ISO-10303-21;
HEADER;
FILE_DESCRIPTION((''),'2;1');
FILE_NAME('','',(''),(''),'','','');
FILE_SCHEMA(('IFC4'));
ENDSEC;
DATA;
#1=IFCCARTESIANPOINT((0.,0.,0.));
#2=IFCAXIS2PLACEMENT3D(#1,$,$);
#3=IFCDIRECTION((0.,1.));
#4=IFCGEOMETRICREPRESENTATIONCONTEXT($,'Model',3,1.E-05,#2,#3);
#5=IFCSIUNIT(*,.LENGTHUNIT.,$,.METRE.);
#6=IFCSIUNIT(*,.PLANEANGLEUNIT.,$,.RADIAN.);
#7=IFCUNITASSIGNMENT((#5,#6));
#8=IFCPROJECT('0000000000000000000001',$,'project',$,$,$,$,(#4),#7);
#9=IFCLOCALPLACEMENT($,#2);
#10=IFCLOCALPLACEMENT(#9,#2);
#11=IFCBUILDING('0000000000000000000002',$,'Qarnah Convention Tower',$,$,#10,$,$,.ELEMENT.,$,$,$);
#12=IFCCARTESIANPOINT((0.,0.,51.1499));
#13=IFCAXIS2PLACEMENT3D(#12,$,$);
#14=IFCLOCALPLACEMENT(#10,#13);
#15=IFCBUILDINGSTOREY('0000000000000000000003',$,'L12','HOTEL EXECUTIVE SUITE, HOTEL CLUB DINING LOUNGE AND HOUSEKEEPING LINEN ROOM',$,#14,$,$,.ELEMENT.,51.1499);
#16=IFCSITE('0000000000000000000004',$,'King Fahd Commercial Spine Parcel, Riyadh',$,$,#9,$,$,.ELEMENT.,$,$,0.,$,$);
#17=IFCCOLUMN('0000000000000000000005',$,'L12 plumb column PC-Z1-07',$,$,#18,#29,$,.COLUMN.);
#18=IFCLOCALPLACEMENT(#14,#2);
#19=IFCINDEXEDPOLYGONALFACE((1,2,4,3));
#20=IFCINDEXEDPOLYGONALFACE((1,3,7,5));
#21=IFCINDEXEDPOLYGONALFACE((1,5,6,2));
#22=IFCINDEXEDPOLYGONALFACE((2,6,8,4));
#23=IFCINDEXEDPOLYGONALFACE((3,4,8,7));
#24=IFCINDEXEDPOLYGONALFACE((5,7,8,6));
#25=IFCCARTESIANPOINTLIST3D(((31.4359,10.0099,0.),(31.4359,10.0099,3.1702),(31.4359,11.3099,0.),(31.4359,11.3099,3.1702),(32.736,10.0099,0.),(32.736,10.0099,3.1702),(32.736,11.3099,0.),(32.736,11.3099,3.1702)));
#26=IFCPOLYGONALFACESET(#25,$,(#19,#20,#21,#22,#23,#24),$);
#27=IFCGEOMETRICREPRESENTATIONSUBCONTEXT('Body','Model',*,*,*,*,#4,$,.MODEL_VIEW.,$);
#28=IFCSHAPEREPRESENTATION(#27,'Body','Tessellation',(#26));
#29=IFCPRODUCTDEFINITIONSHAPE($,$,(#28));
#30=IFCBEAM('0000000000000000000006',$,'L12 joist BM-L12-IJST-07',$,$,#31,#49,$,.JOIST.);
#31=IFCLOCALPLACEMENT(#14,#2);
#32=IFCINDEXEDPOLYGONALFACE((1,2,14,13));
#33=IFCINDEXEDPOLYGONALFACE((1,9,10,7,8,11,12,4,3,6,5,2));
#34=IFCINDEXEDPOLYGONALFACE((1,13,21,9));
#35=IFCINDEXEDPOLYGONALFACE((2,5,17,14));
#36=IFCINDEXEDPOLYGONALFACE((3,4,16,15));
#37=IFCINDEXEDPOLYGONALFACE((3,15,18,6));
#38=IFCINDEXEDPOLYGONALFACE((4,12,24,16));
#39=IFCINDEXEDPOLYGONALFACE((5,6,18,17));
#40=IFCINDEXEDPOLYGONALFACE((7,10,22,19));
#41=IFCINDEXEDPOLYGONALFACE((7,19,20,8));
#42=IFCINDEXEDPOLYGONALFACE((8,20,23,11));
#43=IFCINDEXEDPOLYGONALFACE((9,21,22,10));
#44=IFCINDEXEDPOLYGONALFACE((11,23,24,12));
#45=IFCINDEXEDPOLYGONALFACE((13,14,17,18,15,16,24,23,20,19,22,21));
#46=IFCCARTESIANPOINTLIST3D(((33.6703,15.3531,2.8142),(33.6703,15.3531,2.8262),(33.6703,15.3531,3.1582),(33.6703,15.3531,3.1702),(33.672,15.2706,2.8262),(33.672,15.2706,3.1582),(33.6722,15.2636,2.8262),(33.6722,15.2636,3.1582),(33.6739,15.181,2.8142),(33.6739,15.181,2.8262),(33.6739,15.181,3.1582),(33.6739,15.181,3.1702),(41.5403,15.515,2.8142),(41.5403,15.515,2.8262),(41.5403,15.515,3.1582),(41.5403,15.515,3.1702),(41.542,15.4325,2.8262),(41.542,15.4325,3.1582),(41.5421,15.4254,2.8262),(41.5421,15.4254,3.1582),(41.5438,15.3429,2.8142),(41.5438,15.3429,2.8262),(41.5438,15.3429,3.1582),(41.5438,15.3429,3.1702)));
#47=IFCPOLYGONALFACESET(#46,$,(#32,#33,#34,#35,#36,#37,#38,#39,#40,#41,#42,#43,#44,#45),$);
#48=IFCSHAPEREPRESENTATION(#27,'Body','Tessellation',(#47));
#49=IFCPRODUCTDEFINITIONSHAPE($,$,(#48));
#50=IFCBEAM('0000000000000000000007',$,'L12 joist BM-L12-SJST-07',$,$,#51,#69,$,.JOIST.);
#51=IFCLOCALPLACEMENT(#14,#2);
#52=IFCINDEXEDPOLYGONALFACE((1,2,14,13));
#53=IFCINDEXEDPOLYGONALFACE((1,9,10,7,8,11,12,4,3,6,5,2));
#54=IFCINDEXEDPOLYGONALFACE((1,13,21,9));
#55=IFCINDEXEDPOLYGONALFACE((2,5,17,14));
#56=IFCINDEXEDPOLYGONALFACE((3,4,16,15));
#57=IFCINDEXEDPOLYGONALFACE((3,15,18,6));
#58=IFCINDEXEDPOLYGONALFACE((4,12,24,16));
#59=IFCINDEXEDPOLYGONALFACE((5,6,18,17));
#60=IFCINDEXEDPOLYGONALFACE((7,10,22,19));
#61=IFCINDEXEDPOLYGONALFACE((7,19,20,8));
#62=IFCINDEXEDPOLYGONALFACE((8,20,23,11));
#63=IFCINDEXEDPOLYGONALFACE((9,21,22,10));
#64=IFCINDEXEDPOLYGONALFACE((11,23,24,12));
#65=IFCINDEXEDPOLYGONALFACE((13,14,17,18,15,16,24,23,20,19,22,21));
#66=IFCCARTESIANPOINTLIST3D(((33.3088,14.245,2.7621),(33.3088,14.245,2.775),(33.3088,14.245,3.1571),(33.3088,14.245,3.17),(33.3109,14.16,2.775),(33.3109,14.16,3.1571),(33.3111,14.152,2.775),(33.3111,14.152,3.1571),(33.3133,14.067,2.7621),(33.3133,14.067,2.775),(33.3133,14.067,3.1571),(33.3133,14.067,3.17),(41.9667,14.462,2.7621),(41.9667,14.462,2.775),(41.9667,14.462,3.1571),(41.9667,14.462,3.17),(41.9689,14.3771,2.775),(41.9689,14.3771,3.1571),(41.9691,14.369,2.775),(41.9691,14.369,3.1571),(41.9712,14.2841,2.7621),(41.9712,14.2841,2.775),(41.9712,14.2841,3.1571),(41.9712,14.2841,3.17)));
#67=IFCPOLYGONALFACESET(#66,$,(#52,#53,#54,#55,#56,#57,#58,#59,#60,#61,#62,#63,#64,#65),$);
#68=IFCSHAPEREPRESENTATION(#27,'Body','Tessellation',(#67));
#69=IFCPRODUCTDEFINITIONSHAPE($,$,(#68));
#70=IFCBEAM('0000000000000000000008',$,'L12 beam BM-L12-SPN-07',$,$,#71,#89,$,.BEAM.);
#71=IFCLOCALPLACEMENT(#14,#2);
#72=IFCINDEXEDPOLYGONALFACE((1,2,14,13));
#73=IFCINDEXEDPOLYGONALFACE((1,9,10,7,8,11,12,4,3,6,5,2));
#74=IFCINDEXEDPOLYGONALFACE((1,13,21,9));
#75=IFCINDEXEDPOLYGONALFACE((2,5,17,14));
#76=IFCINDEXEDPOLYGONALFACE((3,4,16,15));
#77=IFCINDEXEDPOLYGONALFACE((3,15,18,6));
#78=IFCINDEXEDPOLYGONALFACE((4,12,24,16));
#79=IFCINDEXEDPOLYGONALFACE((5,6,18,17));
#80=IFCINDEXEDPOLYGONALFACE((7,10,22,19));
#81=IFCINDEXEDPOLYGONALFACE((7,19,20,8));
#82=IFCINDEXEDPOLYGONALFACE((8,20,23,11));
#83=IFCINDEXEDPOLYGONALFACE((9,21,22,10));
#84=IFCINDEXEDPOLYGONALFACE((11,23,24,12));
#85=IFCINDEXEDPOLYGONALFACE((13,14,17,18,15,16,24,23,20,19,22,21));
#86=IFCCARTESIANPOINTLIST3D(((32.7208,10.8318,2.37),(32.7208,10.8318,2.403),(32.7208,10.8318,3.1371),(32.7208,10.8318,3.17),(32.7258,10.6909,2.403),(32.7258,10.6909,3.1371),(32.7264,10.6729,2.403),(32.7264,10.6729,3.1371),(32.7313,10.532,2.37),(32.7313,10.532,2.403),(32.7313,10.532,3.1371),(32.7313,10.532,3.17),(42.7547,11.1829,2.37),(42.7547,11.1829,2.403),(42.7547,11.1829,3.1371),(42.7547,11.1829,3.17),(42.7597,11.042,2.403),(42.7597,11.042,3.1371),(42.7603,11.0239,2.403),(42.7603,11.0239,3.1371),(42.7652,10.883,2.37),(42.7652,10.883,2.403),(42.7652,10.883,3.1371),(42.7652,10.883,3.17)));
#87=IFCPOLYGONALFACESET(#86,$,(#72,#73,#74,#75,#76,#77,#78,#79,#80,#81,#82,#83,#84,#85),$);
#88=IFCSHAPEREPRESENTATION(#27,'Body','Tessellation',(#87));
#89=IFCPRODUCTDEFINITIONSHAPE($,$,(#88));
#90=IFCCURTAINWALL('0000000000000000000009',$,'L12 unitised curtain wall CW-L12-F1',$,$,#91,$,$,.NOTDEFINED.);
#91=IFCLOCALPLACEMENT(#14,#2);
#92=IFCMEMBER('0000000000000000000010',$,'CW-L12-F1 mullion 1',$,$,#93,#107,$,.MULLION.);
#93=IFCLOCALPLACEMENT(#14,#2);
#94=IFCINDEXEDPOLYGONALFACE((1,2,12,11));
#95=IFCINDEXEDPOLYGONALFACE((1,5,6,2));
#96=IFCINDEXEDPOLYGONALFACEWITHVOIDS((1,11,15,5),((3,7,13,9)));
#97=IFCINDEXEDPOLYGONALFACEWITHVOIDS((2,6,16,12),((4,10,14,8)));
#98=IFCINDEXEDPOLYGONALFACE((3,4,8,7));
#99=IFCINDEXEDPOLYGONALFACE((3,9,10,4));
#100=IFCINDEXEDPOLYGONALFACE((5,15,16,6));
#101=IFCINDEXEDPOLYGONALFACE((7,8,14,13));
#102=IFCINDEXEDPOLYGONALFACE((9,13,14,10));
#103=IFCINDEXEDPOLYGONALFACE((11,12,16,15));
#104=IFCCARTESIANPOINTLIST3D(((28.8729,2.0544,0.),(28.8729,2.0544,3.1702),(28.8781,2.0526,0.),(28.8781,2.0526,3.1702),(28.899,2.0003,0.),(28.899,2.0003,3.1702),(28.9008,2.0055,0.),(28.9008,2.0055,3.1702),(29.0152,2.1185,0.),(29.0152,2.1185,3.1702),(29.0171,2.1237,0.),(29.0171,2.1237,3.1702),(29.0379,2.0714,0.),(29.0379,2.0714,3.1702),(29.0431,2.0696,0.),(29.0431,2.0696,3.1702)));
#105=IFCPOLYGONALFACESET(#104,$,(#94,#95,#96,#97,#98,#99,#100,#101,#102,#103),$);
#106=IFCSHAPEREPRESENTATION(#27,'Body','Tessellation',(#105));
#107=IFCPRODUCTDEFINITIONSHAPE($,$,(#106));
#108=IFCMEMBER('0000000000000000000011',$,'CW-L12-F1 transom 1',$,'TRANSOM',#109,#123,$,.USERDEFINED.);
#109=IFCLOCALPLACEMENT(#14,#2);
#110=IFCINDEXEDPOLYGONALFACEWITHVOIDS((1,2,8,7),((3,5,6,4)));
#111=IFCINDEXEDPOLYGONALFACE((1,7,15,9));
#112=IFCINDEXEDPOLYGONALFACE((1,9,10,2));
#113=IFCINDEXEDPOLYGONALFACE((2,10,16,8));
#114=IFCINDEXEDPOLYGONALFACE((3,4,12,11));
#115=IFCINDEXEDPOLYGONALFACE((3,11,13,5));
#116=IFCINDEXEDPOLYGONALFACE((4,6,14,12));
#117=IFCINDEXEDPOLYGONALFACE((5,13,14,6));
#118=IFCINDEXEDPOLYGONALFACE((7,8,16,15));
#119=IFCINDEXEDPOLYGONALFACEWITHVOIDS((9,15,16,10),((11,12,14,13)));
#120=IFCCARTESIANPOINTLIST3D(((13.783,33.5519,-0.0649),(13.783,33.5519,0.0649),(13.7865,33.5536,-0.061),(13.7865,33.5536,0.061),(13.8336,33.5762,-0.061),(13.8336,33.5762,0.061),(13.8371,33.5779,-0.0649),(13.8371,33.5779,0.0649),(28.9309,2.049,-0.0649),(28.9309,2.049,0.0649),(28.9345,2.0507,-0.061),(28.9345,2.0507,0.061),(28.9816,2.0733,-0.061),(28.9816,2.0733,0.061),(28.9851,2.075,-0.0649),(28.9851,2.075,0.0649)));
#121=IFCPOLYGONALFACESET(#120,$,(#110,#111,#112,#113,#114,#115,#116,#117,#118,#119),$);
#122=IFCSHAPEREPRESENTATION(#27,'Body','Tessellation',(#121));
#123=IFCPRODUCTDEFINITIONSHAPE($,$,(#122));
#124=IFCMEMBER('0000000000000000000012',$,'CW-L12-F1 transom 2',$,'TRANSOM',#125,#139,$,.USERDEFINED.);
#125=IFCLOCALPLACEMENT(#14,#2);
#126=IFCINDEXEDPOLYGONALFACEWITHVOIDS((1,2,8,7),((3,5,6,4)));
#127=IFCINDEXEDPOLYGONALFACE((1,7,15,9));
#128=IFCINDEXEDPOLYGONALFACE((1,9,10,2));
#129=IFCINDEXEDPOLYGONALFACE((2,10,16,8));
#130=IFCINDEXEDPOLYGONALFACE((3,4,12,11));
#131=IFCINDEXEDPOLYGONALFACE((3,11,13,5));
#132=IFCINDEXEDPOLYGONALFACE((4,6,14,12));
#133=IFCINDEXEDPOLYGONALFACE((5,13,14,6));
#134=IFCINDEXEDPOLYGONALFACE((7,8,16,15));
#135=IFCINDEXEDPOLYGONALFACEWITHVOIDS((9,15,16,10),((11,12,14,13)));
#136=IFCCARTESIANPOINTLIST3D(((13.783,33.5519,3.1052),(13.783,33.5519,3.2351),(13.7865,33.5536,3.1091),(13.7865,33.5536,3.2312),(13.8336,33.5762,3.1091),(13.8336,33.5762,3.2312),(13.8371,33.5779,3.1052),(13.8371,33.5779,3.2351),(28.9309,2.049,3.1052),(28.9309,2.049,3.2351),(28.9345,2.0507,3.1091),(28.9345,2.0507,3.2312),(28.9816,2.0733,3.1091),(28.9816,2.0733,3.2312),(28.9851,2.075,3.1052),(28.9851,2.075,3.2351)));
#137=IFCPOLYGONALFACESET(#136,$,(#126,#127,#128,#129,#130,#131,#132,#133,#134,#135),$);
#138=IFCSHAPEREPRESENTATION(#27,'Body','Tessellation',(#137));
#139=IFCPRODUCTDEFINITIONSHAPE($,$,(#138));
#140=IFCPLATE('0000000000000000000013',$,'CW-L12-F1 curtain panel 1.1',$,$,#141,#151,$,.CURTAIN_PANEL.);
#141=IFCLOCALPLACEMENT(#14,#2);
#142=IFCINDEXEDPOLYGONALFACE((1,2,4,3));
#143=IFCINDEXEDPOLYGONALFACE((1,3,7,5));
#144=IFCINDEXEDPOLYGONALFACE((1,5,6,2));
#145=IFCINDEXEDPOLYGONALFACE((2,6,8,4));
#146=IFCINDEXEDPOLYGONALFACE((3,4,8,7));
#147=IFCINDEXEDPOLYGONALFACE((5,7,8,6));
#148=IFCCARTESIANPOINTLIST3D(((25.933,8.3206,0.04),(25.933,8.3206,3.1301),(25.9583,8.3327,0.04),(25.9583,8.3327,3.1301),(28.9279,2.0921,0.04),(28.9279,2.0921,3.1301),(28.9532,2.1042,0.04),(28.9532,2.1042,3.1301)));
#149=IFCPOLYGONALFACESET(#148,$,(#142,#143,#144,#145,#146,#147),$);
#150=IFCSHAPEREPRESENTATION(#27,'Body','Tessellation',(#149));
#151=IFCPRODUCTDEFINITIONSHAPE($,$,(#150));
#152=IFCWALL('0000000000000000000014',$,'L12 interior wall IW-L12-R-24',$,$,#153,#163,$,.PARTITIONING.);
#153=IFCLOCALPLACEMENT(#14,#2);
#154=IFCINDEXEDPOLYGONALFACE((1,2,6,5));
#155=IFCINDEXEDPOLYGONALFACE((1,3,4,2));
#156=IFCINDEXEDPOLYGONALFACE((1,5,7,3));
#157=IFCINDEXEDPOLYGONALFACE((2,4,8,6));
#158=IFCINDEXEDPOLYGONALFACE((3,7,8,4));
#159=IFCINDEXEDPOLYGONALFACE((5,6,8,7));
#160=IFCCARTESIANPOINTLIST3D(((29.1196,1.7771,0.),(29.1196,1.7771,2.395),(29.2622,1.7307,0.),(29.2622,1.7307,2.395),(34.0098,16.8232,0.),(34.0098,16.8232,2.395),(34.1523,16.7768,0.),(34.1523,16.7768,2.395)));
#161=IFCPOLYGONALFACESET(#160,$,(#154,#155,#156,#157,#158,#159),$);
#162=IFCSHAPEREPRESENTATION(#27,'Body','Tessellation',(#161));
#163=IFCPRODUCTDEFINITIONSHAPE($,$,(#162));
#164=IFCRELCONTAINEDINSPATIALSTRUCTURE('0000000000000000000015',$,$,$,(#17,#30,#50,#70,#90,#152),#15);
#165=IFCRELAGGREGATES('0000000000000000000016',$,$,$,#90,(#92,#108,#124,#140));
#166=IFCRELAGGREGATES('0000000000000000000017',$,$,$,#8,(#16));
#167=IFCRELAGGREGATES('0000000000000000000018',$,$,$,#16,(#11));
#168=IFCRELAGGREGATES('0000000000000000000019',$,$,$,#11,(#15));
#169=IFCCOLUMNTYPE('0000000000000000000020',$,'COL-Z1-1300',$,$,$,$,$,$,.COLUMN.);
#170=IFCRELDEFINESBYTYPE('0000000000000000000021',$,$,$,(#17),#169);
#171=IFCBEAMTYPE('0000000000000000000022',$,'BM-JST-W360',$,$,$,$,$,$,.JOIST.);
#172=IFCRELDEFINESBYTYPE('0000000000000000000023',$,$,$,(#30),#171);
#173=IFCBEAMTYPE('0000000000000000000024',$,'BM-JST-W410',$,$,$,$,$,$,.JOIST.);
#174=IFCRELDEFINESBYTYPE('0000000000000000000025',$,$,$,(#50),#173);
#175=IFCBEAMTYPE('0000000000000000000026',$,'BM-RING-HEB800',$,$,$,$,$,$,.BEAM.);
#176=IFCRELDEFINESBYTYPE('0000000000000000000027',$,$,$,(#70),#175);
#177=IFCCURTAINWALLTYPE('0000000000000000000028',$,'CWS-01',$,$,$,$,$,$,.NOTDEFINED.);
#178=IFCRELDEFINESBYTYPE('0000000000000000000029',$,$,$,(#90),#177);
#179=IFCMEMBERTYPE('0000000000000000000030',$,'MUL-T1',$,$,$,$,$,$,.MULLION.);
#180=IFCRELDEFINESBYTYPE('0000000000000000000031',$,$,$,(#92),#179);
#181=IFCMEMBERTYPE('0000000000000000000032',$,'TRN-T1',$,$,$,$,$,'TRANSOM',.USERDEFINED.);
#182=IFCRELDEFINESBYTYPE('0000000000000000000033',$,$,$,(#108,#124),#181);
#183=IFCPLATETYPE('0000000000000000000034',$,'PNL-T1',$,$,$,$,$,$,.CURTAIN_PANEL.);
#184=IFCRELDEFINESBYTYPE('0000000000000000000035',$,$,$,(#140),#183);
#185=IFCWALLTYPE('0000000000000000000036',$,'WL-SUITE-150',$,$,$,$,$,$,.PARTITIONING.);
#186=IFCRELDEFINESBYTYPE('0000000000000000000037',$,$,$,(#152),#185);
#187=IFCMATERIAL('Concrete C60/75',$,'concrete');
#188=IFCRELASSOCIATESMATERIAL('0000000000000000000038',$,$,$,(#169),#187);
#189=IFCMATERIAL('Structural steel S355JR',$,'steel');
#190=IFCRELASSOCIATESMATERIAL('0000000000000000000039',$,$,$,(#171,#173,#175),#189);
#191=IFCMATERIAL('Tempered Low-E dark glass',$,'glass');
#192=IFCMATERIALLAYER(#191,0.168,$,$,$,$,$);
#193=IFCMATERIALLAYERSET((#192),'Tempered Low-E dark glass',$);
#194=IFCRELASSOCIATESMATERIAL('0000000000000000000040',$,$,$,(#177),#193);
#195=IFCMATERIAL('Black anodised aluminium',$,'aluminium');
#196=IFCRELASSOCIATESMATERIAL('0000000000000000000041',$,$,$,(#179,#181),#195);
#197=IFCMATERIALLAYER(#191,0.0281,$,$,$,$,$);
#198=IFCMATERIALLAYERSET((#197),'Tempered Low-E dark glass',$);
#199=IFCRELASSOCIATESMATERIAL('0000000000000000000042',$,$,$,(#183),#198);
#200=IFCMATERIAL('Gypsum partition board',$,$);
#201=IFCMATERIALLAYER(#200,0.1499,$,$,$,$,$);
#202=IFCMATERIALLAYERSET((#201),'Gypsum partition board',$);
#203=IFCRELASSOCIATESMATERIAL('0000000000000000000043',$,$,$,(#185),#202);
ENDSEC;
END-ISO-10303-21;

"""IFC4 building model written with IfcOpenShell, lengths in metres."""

from ifc_helpers import new_model, si_unit, direction, frame, frame_2d, origin, origin_2d, place, context, subcontext, project, spatial, rectangle, hollow_rectangle, i_section, extrude, material, layer, layer_set, material_profile, profile_set, type_object, element, aggregate, save


model = new_model("IFC4")

# Units and contexts
model_context = context("Model", 3, precision=1e-05, world=origin(), true_north=direction((0.0, 1.0)))
body_context = subcontext(model_context, "Body", "Model", "MODEL_VIEW")
ifc_project = project(units=[si_unit("LENGTHUNIT", "METRE"), si_unit("PLANEANGLEUNIT", "RADIAN")], contexts=[model_context])

# Site, building, storey
site_placement = place(None, origin())
site = spatial("IfcSite", under=ifc_project, at=site_placement, Name="King Fahd Commercial Spine Parcel, Riyadh", CompositionType="ELEMENT", RefElevation=0.0)
building_placement = place(site_placement, origin())
building = spatial("IfcBuilding", under=site, at=building_placement, Name="Qarnah Convention Tower", CompositionType="ELEMENT")
storey_placement = place(building_placement, frame((0.0, 0.0, 51.1499)))
storey = spatial("IfcBuildingStorey", under=building, at=storey_placement, Name="L12", Description="HOTEL EXECUTIVE SUITE, HOTEL CLUB DINING LOUNGE AND HOUSEKEEPING LINEN ROOM", CompositionType="ELEMENT", Elevation=51.1499)

# Column
ifc_material_1 = material(Name="Concrete C60/75", Category="concrete")
ifc_material_profile_1 = material_profile(ifc_material_1, rectangle(XDim=1.3, YDim=1.3, at=origin_2d()), Name="RC-COL-1300X1300")
ifc_profile_set_1 = profile_set([ifc_material_profile_1], Name="Concrete C60/75")
column_type = type_object("IfcColumnType", Name="COL-Z1-1300", PredefinedType="COLUMN", material=ifc_profile_set_1)
column_placement = place(storey_placement, frame((32.0859, 10.6599, 0.0), z_axis=(0.0, 0.0, 1.0), x_axis=(1.0, 0.0, 0.0)))
element("IfcColumn", 1, at=column_placement, inside=storey, type_object=column_type, Name="L12 plumb column PC-Z1-07", PredefinedType="COLUMN", context=body_context, shape_type="SweptSolid", body=[
    extrude(rectangle(XDim=1.3, YDim=1.3, at=origin_2d()), origin(), (0.0, 0.0, 1.0), 3.1702),
])

# Beams
ifc_material_2 = material(Name="Structural steel S355JR", Category="steel")
ifc_material_profile_2 = material_profile(ifc_material_2, i_section(OverallWidth=0.1721, OverallDepth=0.356, WebThickness=0.0071, FlangeThickness=0.012, at=origin_2d()), Name="W360X51")
ifc_profile_set_2 = profile_set([ifc_material_profile_2], Name="Structural steel S355JR")
beam_type_1 = type_object("IfcBeamType", Name="BM-JST-W360", PredefinedType="JOIST", material=ifc_profile_set_2)
beam_1_placement = place(storey_placement, frame((33.6721, 15.2671, 2.9922), z_axis=(0.999789, 0.020563, 0.0), x_axis=(-0.020563, 0.999789, 0.0)))
element("IfcBeam", 2, at=beam_1_placement, inside=storey, type_object=beam_type_1, Name="L12 joist BM-L12-IJST-07", PredefinedType="JOIST", context=body_context, shape_type="SweptSolid", body=[
    extrude(i_section(OverallWidth=0.1721, OverallDepth=0.356, WebThickness=0.0071, FlangeThickness=0.012, at=origin_2d()), origin(), (0.0, 0.0, 1.0), 7.8716),
])
ifc_material_profile_3 = material_profile(ifc_material_2, i_section(OverallWidth=0.178, OverallDepth=0.408, WebThickness=0.0081, FlangeThickness=0.0129, at=origin_2d()), Name="W410X60")
ifc_profile_set_3 = profile_set([ifc_material_profile_3], Name="Structural steel S355JR")
beam_type_2 = type_object("IfcBeamType", Name="BM-JST-W410", PredefinedType="JOIST", material=ifc_profile_set_3)
beam_2_placement = place(storey_placement, frame((33.311, 14.156, 2.9661), z_axis=(0.999686, 0.025061, 0.0), x_axis=(-0.025061, 0.999686, 0.0)))
element("IfcBeam", 3, at=beam_2_placement, inside=storey, type_object=beam_type_2, Name="L12 joist BM-L12-SJST-07", PredefinedType="JOIST", context=body_context, shape_type="SweptSolid", body=[
    extrude(i_section(OverallWidth=0.178, OverallDepth=0.408, WebThickness=0.0081, FlangeThickness=0.0129, at=origin_2d()), origin(), (0.0, 0.0, 1.0), 8.6606),
])
ifc_material_profile_4 = material_profile(ifc_material_2, i_section(OverallWidth=0.3, OverallDepth=0.8, WebThickness=0.0181, FlangeThickness=0.033, at=origin_2d()), Name="HEB800")
ifc_profile_set_4 = profile_set([ifc_material_profile_4], Name="Structural steel S355JR")
beam_type_3 = type_object("IfcBeamType", Name="BM-RING-HEB800", PredefinedType="BEAM", material=ifc_profile_set_4)
beam_3_placement = place(storey_placement, frame((32.7261, 10.6819, 2.77), z_axis=(0.999388, 0.034967, 0.0), x_axis=(-0.034967, 0.999388, 0.0)))
element("IfcBeam", 4, at=beam_3_placement, inside=storey, type_object=beam_type_3, Name="L12 beam BM-L12-SPN-07", PredefinedType="BEAM", context=body_context, shape_type="SweptSolid", body=[
    extrude(i_section(OverallWidth=0.3, OverallDepth=0.8, WebThickness=0.0181, FlangeThickness=0.033, at=origin_2d()), origin(), (0.0, 0.0, 1.0), 10.04),
])

# Curtain wall, members, plate
ifc_material_3 = material(Name="Tempered Low-E dark glass", Category="glass")
ifc_layer_1 = layer(ifc_material_3, 0.168)
ifc_layer_set_1 = layer_set([ifc_layer_1], Name="Tempered Low-E dark glass")
curtain_wall_type = type_object("IfcCurtainWallType", Name="CWS-01", PredefinedType="NOTDEFINED", material=ifc_layer_set_1)
curtain_wall_placement = place(storey_placement, origin())
curtain_wall = element("IfcCurtainWall", 5, at=curtain_wall_placement, inside=storey, type_object=curtain_wall_type, Name="L12 unitised curtain wall CW-L12-F1", PredefinedType="NOTDEFINED")
ifc_material_4 = material(Name="Black anodised aluminium", Category="aluminium")
ifc_material_profile_5 = material_profile(ifc_material_4, hollow_rectangle(XDim=0.0601, YDim=0.1599, WallThickness=0.0039, at=origin_2d()), Name="MUL-60X160")
ifc_profile_set_5 = profile_set([ifc_material_profile_5], Name="Black anodised aluminium")
member_type_1 = type_object("IfcMemberType", Name="MUL-T1", PredefinedType="MULLION", material=ifc_profile_set_5)
member_1_placement = place(storey_placement, frame((28.958, 2.062, 0.0), z_axis=(0.0, 0.0, 1.0), x_axis=(-0.433349, 0.901226, 0.0)))
member_1 = element("IfcMember", 6, at=member_1_placement, type_object=member_type_1, Name="CW-L12-F1 mullion 1", PredefinedType="MULLION", context=body_context, shape_type="SweptSolid", body=[
    extrude(hollow_rectangle(XDim=0.0601, YDim=0.1599, WallThickness=0.0039, at=origin_2d()), origin(), (0.0, 0.0, 1.0), 3.1702),
])
ifc_material_profile_6 = material_profile(ifc_material_4, hollow_rectangle(XDim=0.0601, YDim=0.1299, WallThickness=0.0039, at=origin_2d()), Name="TRN-60X130")
ifc_profile_set_6 = profile_set([ifc_material_profile_6], Name="Black anodised aluminium")
member_type_2 = type_object("IfcMemberType", Name="TRN-T1", ElementType="TRANSOM", PredefinedType="USERDEFINED", material=ifc_profile_set_6)
member_2_placement = place(storey_placement, frame((28.958, 2.062, 0.0), z_axis=(-0.433348, 0.901227, 0.0), x_axis=(-0.901227, -0.433348, 0.0)))
member_2 = element("IfcMember", 7, at=member_2_placement, type_object=member_type_2, Name="CW-L12-F1 transom 1", ObjectType="TRANSOM", PredefinedType="USERDEFINED", context=body_context, shape_type="SweptSolid", body=[
    extrude(hollow_rectangle(XDim=0.0601, YDim=0.1299, WallThickness=0.0039, at=origin_2d()), origin(), (0.0, 0.0, 1.0), 34.9556),
])
member_3_placement = place(storey_placement, frame((28.958, 2.062, 3.1702), z_axis=(-0.433348, 0.901227, 0.0), x_axis=(-0.901227, -0.433348, 0.0)))
member_3 = element("IfcMember", 8, at=member_3_placement, type_object=member_type_2, Name="CW-L12-F1 transom 2", ObjectType="TRANSOM", PredefinedType="USERDEFINED", context=body_context, shape_type="SweptSolid", body=[
    extrude(hollow_rectangle(XDim=0.0601, YDim=0.1299, WallThickness=0.0039, at=origin_2d()), origin(), (0.0, 0.0, 1.0), 34.9556),
])
ifc_layer_2 = layer(ifc_material_3, 0.0281)
ifc_layer_set_2 = layer_set([ifc_layer_2], Name="Tempered Low-E dark glass")
plate_type = type_object("IfcPlateType", Name="PNL-T1", PredefinedType="CURTAIN_PANEL", material=ifc_layer_set_2)
plate_placement = place(storey_placement, frame((27.4431, 5.2124, 0.04), z_axis=(0.0, 0.0, 1.0), x_axis=(-0.433349, 0.901226, 0.0)))
plate = element("IfcPlate", 9, at=plate_placement, type_object=plate_type, Name="CW-L12-F1 curtain panel 1.1", PredefinedType="CURTAIN_PANEL", context=body_context, shape_type="SweptSolid", body=[
    extrude(rectangle(XDim=6.9111, YDim=0.0281, at=origin_2d()), origin(), (0.0, 0.0, 1.0), 3.0901),
])
aggregate(curtain_wall, [member_1, member_2, member_3, plate])

# Wall
ifc_material_5 = material(Name="Gypsum partition board")
ifc_layer_3 = layer(ifc_material_5, 0.1499)
ifc_layer_set_3 = layer_set([ifc_layer_3], Name="Gypsum partition board")
wall_type_1 = type_object("IfcWallType", Name="WL-SUITE-150", PredefinedType="PARTITIONING", material=ifc_layer_set_3)
wall_1_placement = place(storey_placement, frame((29.1909, 1.7539, 0.0), z_axis=(0.0, 0.0, 1.0), x_axis=(0.309094, 0.951031, 0.0)))
element("IfcWall", 10, at=wall_1_placement, inside=storey, type_object=wall_type_1, Name="L12 interior wall IW-L12-R-24", PredefinedType="PARTITIONING", context=body_context, shape_type="SweptSolid", body=[
    extrude(rectangle(XDim=15.8208, YDim=0.1499, at=frame_2d((7.9104, 0.0))), origin(), (0.0, 0.0, 1.0), 2.395),
])

save(model, "model.ifc")
